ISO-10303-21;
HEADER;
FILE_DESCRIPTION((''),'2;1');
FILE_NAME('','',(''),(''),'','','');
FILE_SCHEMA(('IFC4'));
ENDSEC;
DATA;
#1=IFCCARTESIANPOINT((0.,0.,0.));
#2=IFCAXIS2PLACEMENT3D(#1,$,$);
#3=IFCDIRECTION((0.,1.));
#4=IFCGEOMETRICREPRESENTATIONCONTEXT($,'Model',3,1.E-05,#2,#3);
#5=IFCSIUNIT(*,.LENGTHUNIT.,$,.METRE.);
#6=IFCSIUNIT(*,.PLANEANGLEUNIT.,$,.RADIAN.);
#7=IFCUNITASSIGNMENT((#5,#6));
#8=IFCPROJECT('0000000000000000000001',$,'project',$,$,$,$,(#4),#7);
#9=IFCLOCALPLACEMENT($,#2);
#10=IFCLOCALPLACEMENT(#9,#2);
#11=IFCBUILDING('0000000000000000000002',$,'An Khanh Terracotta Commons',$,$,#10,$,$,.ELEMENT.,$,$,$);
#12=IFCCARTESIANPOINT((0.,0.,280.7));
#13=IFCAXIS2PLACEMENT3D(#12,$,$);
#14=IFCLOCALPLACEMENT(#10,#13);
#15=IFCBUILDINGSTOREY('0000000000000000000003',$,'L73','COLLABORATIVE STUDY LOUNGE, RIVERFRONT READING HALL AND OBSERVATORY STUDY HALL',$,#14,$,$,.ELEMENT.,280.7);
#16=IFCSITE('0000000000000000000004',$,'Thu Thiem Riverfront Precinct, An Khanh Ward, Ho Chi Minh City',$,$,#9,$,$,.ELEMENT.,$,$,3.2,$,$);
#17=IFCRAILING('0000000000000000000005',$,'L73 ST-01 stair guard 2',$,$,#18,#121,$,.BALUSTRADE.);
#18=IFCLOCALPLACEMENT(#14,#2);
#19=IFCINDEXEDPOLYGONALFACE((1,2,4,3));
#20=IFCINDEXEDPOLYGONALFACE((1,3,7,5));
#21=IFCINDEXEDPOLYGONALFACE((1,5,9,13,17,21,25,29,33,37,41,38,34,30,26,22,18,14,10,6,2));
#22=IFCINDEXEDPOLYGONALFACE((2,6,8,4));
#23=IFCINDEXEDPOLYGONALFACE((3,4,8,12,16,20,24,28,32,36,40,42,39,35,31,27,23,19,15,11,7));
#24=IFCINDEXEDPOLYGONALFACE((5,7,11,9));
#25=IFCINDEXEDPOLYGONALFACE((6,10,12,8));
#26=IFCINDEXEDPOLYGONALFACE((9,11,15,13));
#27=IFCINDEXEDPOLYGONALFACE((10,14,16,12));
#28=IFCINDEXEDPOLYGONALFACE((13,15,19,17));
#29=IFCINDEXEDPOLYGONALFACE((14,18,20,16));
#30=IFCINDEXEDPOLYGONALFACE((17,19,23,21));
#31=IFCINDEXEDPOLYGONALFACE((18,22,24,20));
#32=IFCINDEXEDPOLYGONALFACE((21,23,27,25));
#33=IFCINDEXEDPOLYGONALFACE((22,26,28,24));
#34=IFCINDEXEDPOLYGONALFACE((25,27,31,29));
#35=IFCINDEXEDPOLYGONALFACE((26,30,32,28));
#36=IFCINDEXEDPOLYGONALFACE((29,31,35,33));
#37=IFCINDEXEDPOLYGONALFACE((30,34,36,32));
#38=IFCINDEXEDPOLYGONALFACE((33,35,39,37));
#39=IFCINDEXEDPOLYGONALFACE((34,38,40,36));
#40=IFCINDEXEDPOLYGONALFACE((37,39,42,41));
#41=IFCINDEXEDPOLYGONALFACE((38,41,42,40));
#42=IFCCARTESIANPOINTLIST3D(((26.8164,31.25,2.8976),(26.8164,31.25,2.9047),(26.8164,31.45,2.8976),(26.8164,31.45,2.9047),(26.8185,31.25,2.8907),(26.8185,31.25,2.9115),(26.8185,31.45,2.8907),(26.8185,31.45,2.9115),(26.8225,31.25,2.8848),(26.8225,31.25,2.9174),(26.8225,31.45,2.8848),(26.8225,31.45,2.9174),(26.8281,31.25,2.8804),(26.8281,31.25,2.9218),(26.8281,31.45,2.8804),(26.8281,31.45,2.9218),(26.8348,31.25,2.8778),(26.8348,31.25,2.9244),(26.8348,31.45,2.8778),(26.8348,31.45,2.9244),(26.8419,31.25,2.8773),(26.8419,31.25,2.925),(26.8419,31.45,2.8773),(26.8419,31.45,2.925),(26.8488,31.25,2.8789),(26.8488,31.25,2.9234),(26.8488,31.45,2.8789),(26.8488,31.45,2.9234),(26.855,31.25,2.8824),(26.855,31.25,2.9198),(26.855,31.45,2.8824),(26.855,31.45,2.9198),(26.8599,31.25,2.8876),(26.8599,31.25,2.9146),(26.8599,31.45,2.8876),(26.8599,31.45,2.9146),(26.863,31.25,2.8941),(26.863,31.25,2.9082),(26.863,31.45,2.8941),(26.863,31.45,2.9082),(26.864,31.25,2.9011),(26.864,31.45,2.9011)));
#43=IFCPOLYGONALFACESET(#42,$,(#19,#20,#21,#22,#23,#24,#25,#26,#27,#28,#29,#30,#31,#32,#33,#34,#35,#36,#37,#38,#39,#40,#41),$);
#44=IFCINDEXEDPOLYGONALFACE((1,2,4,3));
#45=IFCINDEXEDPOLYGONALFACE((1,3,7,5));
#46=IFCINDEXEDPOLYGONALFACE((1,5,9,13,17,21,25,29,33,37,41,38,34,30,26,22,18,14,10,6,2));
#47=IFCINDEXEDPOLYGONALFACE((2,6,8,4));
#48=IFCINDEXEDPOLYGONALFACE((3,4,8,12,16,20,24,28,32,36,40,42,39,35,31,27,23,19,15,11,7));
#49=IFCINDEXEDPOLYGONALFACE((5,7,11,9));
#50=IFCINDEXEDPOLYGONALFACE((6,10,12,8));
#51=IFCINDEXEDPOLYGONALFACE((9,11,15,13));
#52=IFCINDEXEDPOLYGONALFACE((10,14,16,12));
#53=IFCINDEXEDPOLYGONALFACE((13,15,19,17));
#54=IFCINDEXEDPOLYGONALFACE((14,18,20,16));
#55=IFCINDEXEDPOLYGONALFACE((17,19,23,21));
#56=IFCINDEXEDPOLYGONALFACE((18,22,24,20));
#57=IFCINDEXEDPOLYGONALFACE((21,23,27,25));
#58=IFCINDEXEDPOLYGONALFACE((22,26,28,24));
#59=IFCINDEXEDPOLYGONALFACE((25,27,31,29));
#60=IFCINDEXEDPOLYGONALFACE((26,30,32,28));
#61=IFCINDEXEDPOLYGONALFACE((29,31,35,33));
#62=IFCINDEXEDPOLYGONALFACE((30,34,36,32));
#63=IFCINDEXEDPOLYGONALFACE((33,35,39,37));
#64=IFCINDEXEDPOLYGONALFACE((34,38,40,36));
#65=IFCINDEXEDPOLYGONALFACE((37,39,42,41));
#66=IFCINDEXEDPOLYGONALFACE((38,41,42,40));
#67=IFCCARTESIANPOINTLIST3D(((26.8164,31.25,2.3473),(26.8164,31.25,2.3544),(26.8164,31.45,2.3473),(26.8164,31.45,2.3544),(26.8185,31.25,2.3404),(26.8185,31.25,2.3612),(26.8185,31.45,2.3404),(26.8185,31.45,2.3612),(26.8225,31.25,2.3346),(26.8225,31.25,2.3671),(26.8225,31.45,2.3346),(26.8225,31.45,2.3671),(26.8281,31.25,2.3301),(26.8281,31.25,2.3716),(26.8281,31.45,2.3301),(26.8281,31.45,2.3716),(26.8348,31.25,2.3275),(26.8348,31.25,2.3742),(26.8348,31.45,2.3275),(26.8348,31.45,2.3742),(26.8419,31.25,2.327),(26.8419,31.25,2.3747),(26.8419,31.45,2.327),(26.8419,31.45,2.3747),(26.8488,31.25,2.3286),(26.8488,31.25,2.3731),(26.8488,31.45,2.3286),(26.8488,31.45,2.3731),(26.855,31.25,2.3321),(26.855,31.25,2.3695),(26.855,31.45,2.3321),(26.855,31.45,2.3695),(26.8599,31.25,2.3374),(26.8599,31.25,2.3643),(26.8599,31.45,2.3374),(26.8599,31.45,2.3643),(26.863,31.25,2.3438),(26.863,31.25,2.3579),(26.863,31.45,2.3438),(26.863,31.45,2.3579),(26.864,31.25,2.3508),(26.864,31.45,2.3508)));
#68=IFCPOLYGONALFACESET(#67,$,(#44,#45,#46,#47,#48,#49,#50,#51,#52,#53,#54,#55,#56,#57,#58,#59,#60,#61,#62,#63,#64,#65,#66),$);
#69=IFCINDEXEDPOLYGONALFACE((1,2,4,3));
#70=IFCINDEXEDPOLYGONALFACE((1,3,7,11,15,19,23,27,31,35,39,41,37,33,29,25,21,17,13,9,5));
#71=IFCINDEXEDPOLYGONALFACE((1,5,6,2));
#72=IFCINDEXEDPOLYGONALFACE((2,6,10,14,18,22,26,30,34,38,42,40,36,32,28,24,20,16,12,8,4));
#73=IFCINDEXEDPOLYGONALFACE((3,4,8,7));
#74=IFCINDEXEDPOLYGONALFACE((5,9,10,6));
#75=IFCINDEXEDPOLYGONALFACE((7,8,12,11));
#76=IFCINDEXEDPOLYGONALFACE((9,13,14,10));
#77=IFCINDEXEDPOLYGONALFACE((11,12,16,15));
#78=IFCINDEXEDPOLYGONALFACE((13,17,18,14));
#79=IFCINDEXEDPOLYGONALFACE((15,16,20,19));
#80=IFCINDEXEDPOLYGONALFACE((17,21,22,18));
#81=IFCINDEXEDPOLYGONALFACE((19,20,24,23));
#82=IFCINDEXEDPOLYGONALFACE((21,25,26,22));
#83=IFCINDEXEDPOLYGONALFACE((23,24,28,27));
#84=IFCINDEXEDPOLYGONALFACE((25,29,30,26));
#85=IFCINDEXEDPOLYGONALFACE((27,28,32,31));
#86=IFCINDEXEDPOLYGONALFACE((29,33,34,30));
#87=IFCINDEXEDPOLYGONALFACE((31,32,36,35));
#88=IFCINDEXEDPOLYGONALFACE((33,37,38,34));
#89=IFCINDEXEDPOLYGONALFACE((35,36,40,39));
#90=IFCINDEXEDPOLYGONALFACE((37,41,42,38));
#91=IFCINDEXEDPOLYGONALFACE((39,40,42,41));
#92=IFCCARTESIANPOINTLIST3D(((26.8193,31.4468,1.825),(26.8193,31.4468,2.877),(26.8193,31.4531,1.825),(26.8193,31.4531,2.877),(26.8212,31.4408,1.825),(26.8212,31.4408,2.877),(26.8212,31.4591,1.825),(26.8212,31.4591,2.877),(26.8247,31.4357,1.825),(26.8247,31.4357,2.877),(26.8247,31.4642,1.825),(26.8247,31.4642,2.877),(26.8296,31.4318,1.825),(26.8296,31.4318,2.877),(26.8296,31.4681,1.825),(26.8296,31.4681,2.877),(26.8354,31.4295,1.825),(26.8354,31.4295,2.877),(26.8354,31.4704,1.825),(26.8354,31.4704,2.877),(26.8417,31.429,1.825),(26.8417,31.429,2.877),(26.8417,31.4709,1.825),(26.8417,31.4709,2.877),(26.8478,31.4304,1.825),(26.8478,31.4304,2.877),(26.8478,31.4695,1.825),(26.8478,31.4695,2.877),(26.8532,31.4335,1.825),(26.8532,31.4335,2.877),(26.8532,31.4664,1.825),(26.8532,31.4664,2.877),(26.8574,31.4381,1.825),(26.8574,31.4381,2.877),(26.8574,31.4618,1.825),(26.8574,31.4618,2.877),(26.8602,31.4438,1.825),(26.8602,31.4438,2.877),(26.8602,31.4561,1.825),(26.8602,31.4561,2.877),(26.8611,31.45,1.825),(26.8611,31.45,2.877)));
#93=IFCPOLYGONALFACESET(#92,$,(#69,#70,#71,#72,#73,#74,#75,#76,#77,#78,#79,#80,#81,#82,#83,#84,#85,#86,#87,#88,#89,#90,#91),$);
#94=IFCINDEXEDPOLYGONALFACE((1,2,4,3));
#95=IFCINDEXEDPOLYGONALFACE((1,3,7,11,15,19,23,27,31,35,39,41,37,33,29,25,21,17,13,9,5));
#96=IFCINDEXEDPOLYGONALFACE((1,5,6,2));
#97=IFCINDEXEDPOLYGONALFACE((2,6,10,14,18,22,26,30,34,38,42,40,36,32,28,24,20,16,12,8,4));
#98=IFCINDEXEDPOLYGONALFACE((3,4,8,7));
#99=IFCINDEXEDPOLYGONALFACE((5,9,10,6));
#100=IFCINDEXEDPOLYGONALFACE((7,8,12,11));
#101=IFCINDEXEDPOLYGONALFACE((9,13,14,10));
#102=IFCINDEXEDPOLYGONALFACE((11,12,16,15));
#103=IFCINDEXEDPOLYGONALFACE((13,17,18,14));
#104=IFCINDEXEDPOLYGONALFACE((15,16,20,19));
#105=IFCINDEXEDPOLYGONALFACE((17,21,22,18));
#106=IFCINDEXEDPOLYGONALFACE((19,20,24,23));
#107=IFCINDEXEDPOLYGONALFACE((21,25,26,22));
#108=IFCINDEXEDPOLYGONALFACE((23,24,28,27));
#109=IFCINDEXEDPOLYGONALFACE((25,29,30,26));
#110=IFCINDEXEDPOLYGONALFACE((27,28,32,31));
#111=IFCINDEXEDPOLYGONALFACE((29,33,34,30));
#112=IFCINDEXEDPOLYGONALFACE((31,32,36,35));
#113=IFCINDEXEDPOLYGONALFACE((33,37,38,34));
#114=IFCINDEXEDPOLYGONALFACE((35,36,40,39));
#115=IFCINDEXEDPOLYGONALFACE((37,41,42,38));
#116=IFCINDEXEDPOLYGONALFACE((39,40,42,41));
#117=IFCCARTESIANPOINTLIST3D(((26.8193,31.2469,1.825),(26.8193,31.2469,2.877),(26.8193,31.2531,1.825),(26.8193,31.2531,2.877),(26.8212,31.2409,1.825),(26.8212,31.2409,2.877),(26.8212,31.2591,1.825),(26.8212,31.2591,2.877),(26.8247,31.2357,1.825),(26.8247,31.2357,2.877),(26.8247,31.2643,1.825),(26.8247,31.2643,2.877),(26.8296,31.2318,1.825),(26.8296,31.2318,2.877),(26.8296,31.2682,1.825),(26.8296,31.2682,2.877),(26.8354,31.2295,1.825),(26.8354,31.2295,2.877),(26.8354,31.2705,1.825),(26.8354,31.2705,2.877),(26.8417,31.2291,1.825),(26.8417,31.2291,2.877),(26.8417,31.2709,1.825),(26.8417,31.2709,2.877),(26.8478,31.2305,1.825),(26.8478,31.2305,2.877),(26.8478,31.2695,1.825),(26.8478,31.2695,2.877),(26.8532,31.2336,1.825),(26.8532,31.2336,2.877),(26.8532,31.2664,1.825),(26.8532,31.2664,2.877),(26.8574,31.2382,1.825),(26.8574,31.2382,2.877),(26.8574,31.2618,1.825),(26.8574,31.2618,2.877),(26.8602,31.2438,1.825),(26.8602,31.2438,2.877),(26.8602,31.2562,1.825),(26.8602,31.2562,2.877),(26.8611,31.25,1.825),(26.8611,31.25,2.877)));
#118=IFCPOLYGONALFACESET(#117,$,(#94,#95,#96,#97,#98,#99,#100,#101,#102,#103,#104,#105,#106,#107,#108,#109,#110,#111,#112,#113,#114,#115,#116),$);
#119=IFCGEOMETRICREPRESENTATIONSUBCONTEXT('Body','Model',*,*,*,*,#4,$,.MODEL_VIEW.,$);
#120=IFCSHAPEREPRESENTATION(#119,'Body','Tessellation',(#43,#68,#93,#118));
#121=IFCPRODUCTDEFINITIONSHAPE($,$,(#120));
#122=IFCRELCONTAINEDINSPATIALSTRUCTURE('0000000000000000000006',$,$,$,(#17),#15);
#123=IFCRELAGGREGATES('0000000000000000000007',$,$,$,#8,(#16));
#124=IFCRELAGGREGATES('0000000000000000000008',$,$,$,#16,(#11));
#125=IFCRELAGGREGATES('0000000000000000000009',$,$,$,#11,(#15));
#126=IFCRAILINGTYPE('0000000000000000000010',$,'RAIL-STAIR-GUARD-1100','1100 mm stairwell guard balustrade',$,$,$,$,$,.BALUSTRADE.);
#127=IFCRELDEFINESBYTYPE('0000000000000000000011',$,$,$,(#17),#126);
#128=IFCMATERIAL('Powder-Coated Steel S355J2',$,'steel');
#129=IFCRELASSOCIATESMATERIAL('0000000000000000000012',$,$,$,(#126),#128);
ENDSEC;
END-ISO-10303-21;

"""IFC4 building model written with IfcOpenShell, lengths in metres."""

from ifc_helpers import new_model, si_unit, direction, frame, origin, origin_2d, place, context, subcontext, project, spatial, circle, extrude, material, type_object, element, save


model = new_model("IFC4")

# Units and contexts
model_context = context("Model", 3, precision=1e-05, world=origin(), true_north=direction((0.0, 1.0)))
body_context = subcontext(model_context, "Body", "Model", "MODEL_VIEW")
ifc_project = project(units=[si_unit("LENGTHUNIT", "METRE"), si_unit("PLANEANGLEUNIT", "RADIAN")], contexts=[model_context])

# Site, building, storey
site_placement = place(None, origin())
site = spatial("IfcSite", under=ifc_project, at=site_placement, Name="Thu Thiem Riverfront Precinct, An Khanh Ward, Ho Chi Minh City", CompositionType="ELEMENT", RefElevation=3.2)
building_placement = place(site_placement, origin())
building = spatial("IfcBuilding", under=site, at=building_placement, Name="An Khanh Terracotta Commons", CompositionType="ELEMENT")
storey_placement = place(building_placement, frame((0.0, 0.0, 280.7)))
storey = spatial("IfcBuildingStorey", under=building, at=storey_placement, Name="L73", Description="COLLABORATIVE STUDY LOUNGE, RIVERFRONT READING HALL AND OBSERVATORY STUDY HALL", CompositionType="ELEMENT", Elevation=280.7)

# Railing
ifc_material_1 = material(Name="Powder-Coated Steel S355J2", Category="steel")
railing_type_1 = type_object("IfcRailingType", Name="RAIL-STAIR-GUARD-1100", Description="1100 mm stairwell guard balustrade", PredefinedType="BALUSTRADE", material=ifc_material_1)
railing_1_placement = place(storey_placement, frame((26.8401, 31.45, 1.825)))
element("IfcRailing", 1, at=railing_1_placement, inside=storey, type_object=railing_type_1, Name="L73 ST-01 stair guard 2", PredefinedType="BALUSTRADE", context=body_context, shape_type="SweptSolid", body=[
    extrude(circle(Radius=0.0239, at=origin_2d()), frame((0.0, 0.0, 1.0762), z_axis=(0.0, -1.0, 0.0), x_axis=(1.0, 0.0, 0.0)), (0.0, 0.0, 1.0), 0.2),
    extrude(circle(Radius=0.0239, at=origin_2d()), frame((0.0, 0.0, 0.5259), z_axis=(0.0, -1.0, 0.0), x_axis=(1.0, 0.0, 0.0)), (0.0, 0.0, 1.0), 0.2),
    extrude(circle(Radius=0.021, at=origin_2d()), origin(), (0.0, 0.0, 1.0), 1.052),
    extrude(circle(Radius=0.021, at=origin_2d()), frame((0.0, -0.2, 0.0)), (0.0, 0.0, 1.0), 1.052),
])

save(model, "model.ifc")
